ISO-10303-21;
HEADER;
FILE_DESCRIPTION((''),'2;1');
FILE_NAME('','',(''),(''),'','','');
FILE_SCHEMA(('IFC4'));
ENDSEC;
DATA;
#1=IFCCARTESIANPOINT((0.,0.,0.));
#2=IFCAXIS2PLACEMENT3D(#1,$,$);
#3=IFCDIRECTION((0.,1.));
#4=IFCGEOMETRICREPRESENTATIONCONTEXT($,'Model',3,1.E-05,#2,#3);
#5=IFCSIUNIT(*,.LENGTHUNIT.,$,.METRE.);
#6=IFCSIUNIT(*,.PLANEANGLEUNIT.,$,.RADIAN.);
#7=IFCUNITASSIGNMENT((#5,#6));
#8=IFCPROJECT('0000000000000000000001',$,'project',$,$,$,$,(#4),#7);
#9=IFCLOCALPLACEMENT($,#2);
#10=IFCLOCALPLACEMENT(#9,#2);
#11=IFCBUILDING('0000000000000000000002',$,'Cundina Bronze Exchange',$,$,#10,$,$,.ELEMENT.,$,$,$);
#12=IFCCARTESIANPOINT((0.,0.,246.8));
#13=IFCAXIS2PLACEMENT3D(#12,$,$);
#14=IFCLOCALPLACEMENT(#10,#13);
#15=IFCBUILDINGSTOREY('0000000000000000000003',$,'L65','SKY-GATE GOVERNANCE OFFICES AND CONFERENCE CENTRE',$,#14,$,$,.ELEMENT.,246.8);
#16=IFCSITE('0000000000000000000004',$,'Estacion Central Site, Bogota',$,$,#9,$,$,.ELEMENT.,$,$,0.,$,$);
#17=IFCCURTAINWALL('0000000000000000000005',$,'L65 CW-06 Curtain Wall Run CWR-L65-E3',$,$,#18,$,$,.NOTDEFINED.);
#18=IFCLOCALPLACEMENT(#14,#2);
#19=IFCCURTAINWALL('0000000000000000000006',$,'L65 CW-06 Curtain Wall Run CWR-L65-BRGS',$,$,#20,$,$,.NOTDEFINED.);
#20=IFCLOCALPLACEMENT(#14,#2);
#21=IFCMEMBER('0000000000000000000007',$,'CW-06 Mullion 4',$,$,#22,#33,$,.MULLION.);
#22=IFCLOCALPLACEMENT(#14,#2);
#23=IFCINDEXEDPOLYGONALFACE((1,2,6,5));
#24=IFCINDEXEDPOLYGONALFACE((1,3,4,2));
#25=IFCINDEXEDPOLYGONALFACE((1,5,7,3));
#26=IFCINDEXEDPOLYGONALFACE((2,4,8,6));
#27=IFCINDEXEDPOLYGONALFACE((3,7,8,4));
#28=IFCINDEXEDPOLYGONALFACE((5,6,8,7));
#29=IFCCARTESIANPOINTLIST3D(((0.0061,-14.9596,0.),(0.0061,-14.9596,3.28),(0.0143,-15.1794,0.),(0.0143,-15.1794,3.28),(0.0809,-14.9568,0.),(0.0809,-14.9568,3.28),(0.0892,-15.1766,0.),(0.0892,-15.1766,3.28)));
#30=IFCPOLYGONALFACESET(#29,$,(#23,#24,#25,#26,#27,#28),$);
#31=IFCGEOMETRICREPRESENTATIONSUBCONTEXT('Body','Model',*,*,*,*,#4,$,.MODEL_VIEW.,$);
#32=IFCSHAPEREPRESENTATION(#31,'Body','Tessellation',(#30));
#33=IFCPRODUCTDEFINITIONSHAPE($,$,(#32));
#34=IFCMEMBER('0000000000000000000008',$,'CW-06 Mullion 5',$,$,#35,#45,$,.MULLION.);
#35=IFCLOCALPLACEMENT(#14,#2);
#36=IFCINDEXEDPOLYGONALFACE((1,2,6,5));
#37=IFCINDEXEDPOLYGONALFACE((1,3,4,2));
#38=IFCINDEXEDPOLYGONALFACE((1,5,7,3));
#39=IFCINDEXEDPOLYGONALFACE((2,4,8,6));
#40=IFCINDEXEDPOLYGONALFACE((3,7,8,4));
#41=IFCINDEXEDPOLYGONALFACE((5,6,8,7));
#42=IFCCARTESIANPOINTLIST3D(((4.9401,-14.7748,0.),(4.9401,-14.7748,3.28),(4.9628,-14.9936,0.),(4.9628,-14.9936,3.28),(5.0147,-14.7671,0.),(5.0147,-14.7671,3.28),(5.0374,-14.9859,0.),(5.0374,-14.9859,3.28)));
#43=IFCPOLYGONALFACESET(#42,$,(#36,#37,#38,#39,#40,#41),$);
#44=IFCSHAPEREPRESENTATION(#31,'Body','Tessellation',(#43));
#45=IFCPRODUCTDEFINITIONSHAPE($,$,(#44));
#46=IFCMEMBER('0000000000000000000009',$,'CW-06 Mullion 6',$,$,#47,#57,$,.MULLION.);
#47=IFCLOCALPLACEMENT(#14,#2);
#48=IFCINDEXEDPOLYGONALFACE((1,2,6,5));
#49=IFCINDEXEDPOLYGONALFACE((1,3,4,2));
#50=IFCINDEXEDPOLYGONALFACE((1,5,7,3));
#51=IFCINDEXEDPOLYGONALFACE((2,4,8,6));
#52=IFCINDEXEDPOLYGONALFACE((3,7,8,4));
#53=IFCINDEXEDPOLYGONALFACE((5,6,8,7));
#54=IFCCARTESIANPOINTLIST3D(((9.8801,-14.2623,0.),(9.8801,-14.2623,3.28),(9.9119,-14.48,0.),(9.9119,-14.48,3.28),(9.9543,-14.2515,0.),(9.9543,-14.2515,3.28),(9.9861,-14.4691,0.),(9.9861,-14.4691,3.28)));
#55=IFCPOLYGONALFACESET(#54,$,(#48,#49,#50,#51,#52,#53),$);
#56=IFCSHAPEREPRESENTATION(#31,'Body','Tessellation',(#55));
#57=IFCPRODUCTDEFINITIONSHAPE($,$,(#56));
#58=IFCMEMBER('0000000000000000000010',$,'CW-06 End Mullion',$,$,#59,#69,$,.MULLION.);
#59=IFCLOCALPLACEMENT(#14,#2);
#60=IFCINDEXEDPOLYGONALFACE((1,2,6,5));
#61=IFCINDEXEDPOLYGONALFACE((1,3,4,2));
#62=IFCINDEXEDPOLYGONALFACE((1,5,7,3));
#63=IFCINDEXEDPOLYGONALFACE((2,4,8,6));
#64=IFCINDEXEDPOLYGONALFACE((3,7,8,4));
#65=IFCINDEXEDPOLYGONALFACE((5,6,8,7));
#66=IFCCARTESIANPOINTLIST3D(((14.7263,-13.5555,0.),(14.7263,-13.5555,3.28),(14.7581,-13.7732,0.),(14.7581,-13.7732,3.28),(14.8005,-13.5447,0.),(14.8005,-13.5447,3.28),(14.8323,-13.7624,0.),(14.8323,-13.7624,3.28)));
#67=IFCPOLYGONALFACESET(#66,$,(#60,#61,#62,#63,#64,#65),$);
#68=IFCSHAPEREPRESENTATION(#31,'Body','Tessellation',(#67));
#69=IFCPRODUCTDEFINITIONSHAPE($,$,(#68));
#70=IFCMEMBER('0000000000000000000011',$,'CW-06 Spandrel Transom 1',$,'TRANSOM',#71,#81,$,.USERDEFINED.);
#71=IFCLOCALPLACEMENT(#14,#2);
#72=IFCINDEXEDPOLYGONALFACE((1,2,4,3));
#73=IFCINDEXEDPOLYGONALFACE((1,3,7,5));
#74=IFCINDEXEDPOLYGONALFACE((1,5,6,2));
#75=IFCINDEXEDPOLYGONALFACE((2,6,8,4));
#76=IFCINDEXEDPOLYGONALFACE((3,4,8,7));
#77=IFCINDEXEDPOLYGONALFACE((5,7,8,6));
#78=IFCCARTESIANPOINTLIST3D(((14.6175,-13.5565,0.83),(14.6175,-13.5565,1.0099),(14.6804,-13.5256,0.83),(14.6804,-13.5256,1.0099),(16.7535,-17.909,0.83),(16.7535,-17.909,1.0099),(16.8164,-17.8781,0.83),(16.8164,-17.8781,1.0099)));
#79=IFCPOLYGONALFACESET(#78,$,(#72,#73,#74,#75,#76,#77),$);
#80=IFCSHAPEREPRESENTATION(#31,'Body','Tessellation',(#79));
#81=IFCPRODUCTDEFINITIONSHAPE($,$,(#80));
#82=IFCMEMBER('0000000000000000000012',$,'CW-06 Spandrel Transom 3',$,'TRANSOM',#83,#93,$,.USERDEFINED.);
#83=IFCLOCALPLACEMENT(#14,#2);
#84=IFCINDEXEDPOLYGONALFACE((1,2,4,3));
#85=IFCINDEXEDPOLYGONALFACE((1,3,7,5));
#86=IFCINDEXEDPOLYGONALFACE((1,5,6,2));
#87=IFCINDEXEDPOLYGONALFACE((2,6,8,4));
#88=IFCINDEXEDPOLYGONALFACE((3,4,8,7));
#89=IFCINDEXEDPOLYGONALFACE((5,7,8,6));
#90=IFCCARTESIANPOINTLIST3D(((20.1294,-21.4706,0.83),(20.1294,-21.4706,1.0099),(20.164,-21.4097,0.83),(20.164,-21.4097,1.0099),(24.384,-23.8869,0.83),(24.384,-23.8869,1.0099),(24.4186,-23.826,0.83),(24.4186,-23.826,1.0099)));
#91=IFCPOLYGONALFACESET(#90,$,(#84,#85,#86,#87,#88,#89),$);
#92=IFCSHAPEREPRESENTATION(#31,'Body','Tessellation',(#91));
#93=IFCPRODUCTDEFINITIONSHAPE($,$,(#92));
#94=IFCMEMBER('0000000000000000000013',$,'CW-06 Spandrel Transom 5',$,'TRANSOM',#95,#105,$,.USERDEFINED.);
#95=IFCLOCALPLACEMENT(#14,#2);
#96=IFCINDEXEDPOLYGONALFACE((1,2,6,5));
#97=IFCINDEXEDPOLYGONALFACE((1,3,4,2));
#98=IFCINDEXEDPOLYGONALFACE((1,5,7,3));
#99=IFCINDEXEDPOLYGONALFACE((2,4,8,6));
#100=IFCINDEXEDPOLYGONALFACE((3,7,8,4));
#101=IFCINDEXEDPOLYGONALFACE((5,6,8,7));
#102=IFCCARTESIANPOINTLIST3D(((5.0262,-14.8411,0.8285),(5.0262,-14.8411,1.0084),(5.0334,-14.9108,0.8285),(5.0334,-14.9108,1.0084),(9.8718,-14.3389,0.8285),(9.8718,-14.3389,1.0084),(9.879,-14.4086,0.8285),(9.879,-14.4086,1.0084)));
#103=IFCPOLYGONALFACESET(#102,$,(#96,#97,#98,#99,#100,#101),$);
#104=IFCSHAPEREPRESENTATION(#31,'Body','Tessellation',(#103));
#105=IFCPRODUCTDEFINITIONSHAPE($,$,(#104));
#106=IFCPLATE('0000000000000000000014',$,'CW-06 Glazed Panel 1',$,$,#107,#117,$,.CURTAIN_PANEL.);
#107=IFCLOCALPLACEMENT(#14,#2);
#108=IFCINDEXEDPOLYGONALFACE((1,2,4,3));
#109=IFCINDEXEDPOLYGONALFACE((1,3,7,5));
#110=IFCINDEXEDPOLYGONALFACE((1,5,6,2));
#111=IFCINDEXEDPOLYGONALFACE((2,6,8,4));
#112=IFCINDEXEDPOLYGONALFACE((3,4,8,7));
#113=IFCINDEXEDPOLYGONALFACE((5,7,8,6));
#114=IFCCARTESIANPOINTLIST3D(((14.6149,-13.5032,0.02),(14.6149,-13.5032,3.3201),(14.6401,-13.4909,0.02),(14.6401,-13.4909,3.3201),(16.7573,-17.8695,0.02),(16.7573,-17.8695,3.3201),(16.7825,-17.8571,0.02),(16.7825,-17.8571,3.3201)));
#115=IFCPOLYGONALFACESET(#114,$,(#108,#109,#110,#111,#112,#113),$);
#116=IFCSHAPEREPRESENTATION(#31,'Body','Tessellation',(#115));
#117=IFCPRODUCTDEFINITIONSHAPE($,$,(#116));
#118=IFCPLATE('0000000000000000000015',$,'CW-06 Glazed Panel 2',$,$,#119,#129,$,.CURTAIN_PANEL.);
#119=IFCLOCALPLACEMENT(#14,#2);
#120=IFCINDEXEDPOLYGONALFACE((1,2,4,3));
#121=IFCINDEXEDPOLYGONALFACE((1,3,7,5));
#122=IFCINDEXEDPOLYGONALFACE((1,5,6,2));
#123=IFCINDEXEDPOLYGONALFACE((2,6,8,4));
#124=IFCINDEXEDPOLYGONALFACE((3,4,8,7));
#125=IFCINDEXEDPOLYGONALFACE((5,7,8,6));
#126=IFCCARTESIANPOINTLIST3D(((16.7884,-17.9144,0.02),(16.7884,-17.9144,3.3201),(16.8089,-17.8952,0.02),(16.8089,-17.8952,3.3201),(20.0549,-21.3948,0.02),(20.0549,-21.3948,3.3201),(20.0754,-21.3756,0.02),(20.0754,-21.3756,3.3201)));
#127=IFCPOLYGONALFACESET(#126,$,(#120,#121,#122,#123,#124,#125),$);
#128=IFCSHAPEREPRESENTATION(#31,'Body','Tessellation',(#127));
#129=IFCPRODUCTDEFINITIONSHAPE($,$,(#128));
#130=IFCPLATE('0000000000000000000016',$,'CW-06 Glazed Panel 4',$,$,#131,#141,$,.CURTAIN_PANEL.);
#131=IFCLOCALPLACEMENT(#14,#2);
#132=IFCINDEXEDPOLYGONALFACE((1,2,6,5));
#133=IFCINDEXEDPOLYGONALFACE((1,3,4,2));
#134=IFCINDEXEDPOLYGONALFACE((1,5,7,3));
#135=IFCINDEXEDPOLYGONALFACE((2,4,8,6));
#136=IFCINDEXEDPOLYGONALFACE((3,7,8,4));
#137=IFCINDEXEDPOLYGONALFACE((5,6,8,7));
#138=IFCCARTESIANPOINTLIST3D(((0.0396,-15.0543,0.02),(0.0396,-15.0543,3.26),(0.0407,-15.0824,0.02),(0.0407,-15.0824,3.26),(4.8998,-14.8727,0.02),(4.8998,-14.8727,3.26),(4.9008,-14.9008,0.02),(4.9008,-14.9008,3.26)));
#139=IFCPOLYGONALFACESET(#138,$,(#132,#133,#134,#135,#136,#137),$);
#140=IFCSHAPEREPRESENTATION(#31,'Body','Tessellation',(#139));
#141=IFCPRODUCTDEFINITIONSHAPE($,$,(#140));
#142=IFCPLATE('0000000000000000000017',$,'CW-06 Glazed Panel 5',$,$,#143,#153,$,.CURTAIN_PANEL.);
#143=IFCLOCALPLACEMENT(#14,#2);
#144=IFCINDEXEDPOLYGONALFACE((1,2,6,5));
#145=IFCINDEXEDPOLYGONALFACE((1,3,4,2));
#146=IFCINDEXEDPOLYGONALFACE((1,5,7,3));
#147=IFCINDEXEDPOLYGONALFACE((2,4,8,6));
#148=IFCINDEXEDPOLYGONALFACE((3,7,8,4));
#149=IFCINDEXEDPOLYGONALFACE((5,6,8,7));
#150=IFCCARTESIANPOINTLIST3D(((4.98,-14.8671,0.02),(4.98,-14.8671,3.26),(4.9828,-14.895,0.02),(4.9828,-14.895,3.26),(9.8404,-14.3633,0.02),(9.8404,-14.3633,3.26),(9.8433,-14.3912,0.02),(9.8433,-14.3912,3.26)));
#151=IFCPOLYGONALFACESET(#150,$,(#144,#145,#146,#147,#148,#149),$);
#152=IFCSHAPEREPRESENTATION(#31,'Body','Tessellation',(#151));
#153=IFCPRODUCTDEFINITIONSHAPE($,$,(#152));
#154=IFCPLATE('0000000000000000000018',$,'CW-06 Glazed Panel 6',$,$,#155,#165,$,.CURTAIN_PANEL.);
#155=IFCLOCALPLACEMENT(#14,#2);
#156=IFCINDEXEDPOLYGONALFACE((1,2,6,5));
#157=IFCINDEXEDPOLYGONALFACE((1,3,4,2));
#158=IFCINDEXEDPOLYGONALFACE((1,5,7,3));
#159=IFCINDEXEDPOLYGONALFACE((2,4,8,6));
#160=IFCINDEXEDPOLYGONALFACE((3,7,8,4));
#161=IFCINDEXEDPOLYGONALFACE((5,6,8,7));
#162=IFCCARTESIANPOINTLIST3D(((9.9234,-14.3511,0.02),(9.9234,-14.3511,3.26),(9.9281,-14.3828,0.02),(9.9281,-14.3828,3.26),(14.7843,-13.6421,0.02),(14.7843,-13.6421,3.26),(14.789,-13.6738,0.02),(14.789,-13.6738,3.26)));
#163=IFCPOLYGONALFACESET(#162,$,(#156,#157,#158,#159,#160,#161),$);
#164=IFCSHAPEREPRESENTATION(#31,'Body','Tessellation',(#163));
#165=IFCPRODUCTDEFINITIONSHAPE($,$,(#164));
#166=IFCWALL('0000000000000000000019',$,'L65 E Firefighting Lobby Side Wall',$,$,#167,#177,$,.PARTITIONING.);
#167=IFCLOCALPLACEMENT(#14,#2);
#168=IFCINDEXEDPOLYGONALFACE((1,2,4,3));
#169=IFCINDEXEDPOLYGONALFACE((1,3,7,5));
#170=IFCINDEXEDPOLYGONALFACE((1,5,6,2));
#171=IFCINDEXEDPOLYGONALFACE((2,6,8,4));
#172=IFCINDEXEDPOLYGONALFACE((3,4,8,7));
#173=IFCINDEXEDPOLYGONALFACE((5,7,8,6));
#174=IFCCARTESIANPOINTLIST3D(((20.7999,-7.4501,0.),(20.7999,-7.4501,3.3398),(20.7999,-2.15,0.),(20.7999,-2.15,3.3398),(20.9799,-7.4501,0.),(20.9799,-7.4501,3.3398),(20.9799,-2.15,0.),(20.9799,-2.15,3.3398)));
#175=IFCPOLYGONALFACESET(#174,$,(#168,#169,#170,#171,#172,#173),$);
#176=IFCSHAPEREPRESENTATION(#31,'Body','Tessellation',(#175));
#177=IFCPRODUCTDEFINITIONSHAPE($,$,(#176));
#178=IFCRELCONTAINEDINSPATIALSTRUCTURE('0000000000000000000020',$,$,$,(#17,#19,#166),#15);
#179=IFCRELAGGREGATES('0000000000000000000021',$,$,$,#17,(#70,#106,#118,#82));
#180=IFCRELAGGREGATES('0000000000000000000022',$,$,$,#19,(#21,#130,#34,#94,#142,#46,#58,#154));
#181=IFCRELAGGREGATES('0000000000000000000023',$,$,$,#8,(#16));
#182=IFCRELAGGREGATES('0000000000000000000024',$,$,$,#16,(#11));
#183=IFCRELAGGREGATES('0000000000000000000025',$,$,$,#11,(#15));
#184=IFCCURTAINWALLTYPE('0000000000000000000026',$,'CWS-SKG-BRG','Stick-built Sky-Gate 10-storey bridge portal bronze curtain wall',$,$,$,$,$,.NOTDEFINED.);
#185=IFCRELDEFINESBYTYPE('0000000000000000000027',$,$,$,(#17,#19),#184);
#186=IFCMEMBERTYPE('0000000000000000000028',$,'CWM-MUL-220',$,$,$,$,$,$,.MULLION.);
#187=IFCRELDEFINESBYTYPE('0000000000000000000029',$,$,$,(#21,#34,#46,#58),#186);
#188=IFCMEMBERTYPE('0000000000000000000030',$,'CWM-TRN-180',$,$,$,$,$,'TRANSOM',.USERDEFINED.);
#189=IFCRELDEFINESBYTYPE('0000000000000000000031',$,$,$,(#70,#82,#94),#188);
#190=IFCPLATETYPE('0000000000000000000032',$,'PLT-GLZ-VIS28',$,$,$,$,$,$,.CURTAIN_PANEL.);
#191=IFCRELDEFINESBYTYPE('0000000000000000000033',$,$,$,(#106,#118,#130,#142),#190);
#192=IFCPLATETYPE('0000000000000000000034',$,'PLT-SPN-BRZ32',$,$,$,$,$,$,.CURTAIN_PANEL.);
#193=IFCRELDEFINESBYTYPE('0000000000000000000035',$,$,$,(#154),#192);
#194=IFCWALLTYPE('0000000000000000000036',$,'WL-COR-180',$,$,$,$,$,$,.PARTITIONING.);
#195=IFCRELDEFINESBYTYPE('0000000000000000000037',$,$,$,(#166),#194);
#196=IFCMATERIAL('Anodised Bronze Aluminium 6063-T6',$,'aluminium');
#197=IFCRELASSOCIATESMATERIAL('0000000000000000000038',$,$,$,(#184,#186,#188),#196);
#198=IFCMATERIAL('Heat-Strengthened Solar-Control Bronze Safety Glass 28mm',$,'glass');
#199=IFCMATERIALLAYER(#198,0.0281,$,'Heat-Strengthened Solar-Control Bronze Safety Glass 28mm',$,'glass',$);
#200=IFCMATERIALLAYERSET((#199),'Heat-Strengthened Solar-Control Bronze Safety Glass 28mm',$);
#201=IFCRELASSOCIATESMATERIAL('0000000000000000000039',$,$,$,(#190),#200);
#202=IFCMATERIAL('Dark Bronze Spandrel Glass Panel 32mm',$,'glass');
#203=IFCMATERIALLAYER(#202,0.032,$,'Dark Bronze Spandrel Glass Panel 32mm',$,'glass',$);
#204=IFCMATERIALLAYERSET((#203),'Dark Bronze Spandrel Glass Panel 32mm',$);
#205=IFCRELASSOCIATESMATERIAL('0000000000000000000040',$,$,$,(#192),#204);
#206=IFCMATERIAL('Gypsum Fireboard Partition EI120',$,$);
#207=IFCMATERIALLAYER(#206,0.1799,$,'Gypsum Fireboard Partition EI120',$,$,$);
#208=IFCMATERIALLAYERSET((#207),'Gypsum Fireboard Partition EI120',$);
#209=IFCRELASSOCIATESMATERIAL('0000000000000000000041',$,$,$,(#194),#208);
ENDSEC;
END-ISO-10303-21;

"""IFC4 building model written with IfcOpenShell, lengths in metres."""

from ifc_helpers import new_model, si_unit, direction, frame, frame_2d, origin, origin_2d, place, context, subcontext, project, spatial, rectangle, extrude, material, layer, layer_set, material_profile, profile_set, type_object, element, aggregate, save


model = new_model("IFC4")

# Units and contexts
model_context = context("Model", 3, precision=1e-05, world=origin(), true_north=direction((0.0, 1.0)))
body_context = subcontext(model_context, "Body", "Model", "MODEL_VIEW")
ifc_project = project(units=[si_unit("LENGTHUNIT", "METRE"), si_unit("PLANEANGLEUNIT", "RADIAN")], contexts=[model_context])

# Site, building, storey
site_placement = place(None, origin())
site = spatial("IfcSite", under=ifc_project, at=site_placement, Name="Estacion Central Site, Bogota", CompositionType="ELEMENT", RefElevation=0.0)
building_placement = place(site_placement, origin())
building = spatial("IfcBuilding", under=site, at=building_placement, Name="Cundina Bronze Exchange", CompositionType="ELEMENT")
storey_placement = place(building_placement, frame((0.0, 0.0, 246.8)))
storey = spatial("IfcBuildingStorey", under=building, at=storey_placement, Name="L65", Description="SKY-GATE GOVERNANCE OFFICES AND CONFERENCE CENTRE", CompositionType="ELEMENT", Elevation=246.8)

# Curtain walls, members
ifc_material_1 = material(Name="Anodised Bronze Aluminium 6063-T6", Category="aluminium")
curtain_wall_type = type_object("IfcCurtainWallType", Name="CWS-SKG-BRG", Description="Stick-built Sky-Gate 10-storey bridge portal bronze curtain wall", PredefinedType="NOTDEFINED", material=ifc_material_1)
curtain_wall_1_placement = place(storey_placement, origin())
curtain_wall_1 = element("IfcCurtainWall", 1, at=curtain_wall_1_placement, inside=storey, type_object=curtain_wall_type, Name="L65 CW-06 Curtain Wall Run CWR-L65-E3", PredefinedType="NOTDEFINED")
ifc_material_profile_1 = material_profile(ifc_material_1, rectangle(XDim=0.075, YDim=0.22, at=origin_2d()), Name="AL75X220", Category="aluminium")
ifc_profile_set_1 = profile_set([ifc_material_profile_1], Name="Anodised Bronze Aluminium 6063-T6")
member_type_1 = type_object("IfcMemberType", Name="CWM-MUL-220", PredefinedType="MULLION", material=ifc_profile_set_1)
curtain_wall_2_placement = place(storey_placement, origin())
curtain_wall_2 = element("IfcCurtainWall", 2, at=curtain_wall_2_placement, inside=storey, type_object=curtain_wall_type, Name="L65 CW-06 Curtain Wall Run CWR-L65-BRGS", PredefinedType="NOTDEFINED")
member_1_placement = place(storey_placement, frame((0.0476, -15.0681, 0.0), z_axis=(0.0, 0.0, 1.0), x_axis=(0.999303, 0.037341, 0.0)))
member_1 = element("IfcMember", 3, at=member_1_placement, type_object=member_type_1, Name="CW-06 Mullion 4", PredefinedType="MULLION", context=body_context, shape_type="SweptSolid", body=[
    extrude(rectangle(XDim=0.075, YDim=0.22, at=origin_2d()), origin(), (0.0, 0.0, 1.0), 3.28),
])
member_2_placement = place(storey_placement, frame((4.9888, -14.8804, 0.0), z_axis=(0.0, 0.0, 1.0), x_axis=(0.994667, 0.10314, 0.0)))
member_2 = element("IfcMember", 4, at=member_2_placement, type_object=member_type_1, Name="CW-06 Mullion 5", PredefinedType="MULLION", context=body_context, shape_type="SweptSolid", body=[
    extrude(rectangle(XDim=0.075, YDim=0.22, at=origin_2d()), origin(), (0.0, 0.0, 1.0), 3.28),
])
member_3_placement = place(storey_placement, frame((9.9331, -14.3657, 0.0), z_axis=(0.0, 0.0, 1.0), x_axis=(0.989526, 0.144356, 0.0)))
member_3 = element("IfcMember", 5, at=member_3_placement, type_object=member_type_1, Name="CW-06 Mullion 6", PredefinedType="MULLION", context=body_context, shape_type="SweptSolid", body=[
    extrude(rectangle(XDim=0.075, YDim=0.22, at=origin_2d()), origin(), (0.0, 0.0, 1.0), 3.28),
])
member_4_placement = place(storey_placement, frame((14.7793, -13.6589, 0.0), z_axis=(0.0, 0.0, 1.0), x_axis=(0.989526, 0.144356, 0.0)))
member_4 = element("IfcMember", 6, at=member_4_placement, type_object=member_type_1, Name="CW-06 End Mullion", PredefinedType="MULLION", context=body_context, shape_type="SweptSolid", body=[
    extrude(rectangle(XDim=0.075, YDim=0.22, at=origin_2d()), origin(), (0.0, 0.0, 1.0), 3.28),
])

# Members
ifc_material_profile_2 = material_profile(ifc_material_1, rectangle(XDim=0.0701, YDim=0.1799, at=origin_2d()), Name="AL70X180", Category="aluminium")
ifc_profile_set_2 = profile_set([ifc_material_profile_2], Name="Anodised Bronze Aluminium 6063-T6")
member_type_2 = type_object("IfcMemberType", Name="CWM-TRN-180", ElementType="TRANSOM", PredefinedType="USERDEFINED", material=ifc_profile_set_2)
member_5_placement = place(storey_placement, frame((14.6489, -13.541, 0.9199), z_axis=(0.440554, -0.897726, 0.0), x_axis=(0.897726, 0.440554, 0.0)))
member_5 = element("IfcMember", 7, at=member_5_placement, type_object=member_type_2, Name="CW-06 Spandrel Transom 1", ObjectType="TRANSOM", PredefinedType="USERDEFINED", context=body_context, shape_type="SweptSolid", body=[
    extrude(rectangle(XDim=0.0701, YDim=0.1799, at=origin_2d()), origin(), (0.0, 0.0, 1.0), 4.8484),
])
member_6_placement = place(storey_placement, frame((20.1467, -21.4402, 0.9199), z_axis=(0.869557, -0.493832, 0.0), x_axis=(0.493832, 0.869557, 0.0)))
member_6 = element("IfcMember", 8, at=member_6_placement, type_object=member_type_2, Name="CW-06 Spandrel Transom 3", ObjectType="TRANSOM", PredefinedType="USERDEFINED", context=body_context, shape_type="SweptSolid", body=[
    extrude(rectangle(XDim=0.0701, YDim=0.1799, at=origin_2d()), origin(), (0.0, 0.0, 1.0), 4.8928),
])
member_7_placement = place(storey_placement, frame((5.0298, -14.876, 0.9185), z_axis=(0.994672, 0.103086, 0.0), x_axis=(-0.103086, 0.994672, 0.0)))
member_7 = element("IfcMember", 9, at=member_7_placement, type_object=member_type_2, Name="CW-06 Spandrel Transom 5", ObjectType="TRANSOM", PredefinedType="USERDEFINED", context=body_context, shape_type="SweptSolid", body=[
    extrude(rectangle(XDim=0.0701, YDim=0.1799, at=origin_2d()), origin(), (0.0, 0.0, 1.0), 4.8716),
])

# Plates
ifc_material_2 = material(Name="Heat-Strengthened Solar-Control Bronze Safety Glass 28mm", Category="glass")
ifc_layer_1 = layer(ifc_material_2, 0.0281, Name="Heat-Strengthened Solar-Control Bronze Safety Glass 28mm", Category="glass")
ifc_layer_set_1 = layer_set([ifc_layer_1], Name="Heat-Strengthened Solar-Control Bronze Safety Glass 28mm")
plate_type_1 = type_object("IfcPlateType", Name="PLT-GLZ-VIS28", PredefinedType="CURTAIN_PANEL", material=ifc_layer_set_1)
plate_1_placement = place(storey_placement, frame((15.6987, -15.6802, 0.02), z_axis=(0.0, 0.0, 1.0), x_axis=(0.440503, -0.897751, 0.0)))
plate_1 = element("IfcPlate", 10, at=plate_1_placement, type_object=plate_type_1, Name="CW-06 Glazed Panel 1", PredefinedType="CURTAIN_PANEL", context=body_context, shape_type="SweptSolid", body=[
    extrude(rectangle(XDim=4.8635, YDim=0.0281, at=origin_2d()), origin(), (0.0, 0.0, 1.0), 3.3),
])
plate_2_placement = place(storey_placement, frame((18.4319, -19.645, 0.02), z_axis=(0.0, 0.0, 1.0), x_axis=(0.684344, -0.72916, 0.0)))
plate_2 = element("IfcPlate", 11, at=plate_2_placement, type_object=plate_type_1, Name="CW-06 Glazed Panel 2", PredefinedType="CURTAIN_PANEL", context=body_context, shape_type="SweptSolid", body=[
    extrude(rectangle(XDim=4.7732, YDim=0.0281, at=origin_2d()), origin(), (0.0, 0.0, 1.0), 3.3),
])
aggregate(curtain_wall_1, [member_5, plate_1, plate_2, member_6])
plate_3_placement = place(storey_placement, frame((2.4702, -14.9775, 0.02), z_axis=(0.0, 0.0, 1.0), x_axis=(0.999303, 0.037341, 0.0)))
plate_3 = element("IfcPlate", 12, at=plate_3_placement, type_object=plate_type_1, Name="CW-06 Glazed Panel 4", PredefinedType="CURTAIN_PANEL", context=body_context, shape_type="SweptSolid", body=[
    extrude(rectangle(XDim=4.8635, YDim=0.0281, at=origin_2d()), origin(), (0.0, 0.0, 1.0), 3.24),
])
plate_4_placement = place(storey_placement, frame((7.4116, -14.6292, 0.02), z_axis=(0.0, 0.0, 1.0), x_axis=(0.994672, 0.103088, 0.0)))
plate_4 = element("IfcPlate", 13, at=plate_4_placement, type_object=plate_type_1, Name="CW-06 Glazed Panel 5", PredefinedType="CURTAIN_PANEL", context=body_context, shape_type="SweptSolid", body=[
    extrude(rectangle(XDim=4.8865, YDim=0.0281, at=origin_2d()), origin(), (0.0, 0.0, 1.0), 3.24),
])
ifc_material_3 = material(Name="Dark Bronze Spandrel Glass Panel 32mm", Category="glass")
ifc_layer_2 = layer(ifc_material_3, 0.032, Name="Dark Bronze Spandrel Glass Panel 32mm", Category="glass")
ifc_layer_set_2 = layer_set([ifc_layer_2], Name="Dark Bronze Spandrel Glass Panel 32mm")
plate_type_2 = type_object("IfcPlateType", Name="PLT-SPN-BRZ32", PredefinedType="CURTAIN_PANEL", material=ifc_layer_set_2)
plate_5_placement = place(storey_placement, frame((12.3562, -14.0125, 0.02), z_axis=(0.0, 0.0, 1.0), x_axis=(0.989528, 0.144339, 0.0)))
plate_5 = element("IfcPlate", 14, at=plate_5_placement, type_object=plate_type_2, Name="CW-06 Glazed Panel 6", PredefinedType="CURTAIN_PANEL", context=body_context, shape_type="SweptSolid", body=[
    extrude(rectangle(XDim=4.9124, YDim=0.032, at=origin_2d()), origin(), (0.0, 0.0, 1.0), 3.24),
])
aggregate(curtain_wall_2, [member_1, plate_3, member_2, member_7, plate_4, member_3, member_4, plate_5])

# Wall
ifc_material_4 = material(Name="Gypsum Fireboard Partition EI120")
ifc_layer_3 = layer(ifc_material_4, 0.1799, Name="Gypsum Fireboard Partition EI120")
ifc_layer_set_3 = layer_set([ifc_layer_3], Name="Gypsum Fireboard Partition EI120")
wall_type = type_object("IfcWallType", Name="WL-COR-180", PredefinedType="PARTITIONING", material=ifc_layer_set_3)
wall_1_placement = place(storey_placement, frame((20.8899, -7.45, 0.0), z_axis=(0.0, 0.0, 1.0), x_axis=(0.0, 1.0, 0.0)))
element("IfcWall", 15, at=wall_1_placement, inside=storey, type_object=wall_type, Name="L65 E Firefighting Lobby Side Wall", PredefinedType="PARTITIONING", context=body_context, shape_type="SweptSolid", body=[
    extrude(rectangle(XDim=5.3, YDim=0.1799, at=frame_2d((2.6499, 0.0))), origin(), (0.0, 0.0, 1.0), 3.3398),
])

save(model, "model.ifc")
